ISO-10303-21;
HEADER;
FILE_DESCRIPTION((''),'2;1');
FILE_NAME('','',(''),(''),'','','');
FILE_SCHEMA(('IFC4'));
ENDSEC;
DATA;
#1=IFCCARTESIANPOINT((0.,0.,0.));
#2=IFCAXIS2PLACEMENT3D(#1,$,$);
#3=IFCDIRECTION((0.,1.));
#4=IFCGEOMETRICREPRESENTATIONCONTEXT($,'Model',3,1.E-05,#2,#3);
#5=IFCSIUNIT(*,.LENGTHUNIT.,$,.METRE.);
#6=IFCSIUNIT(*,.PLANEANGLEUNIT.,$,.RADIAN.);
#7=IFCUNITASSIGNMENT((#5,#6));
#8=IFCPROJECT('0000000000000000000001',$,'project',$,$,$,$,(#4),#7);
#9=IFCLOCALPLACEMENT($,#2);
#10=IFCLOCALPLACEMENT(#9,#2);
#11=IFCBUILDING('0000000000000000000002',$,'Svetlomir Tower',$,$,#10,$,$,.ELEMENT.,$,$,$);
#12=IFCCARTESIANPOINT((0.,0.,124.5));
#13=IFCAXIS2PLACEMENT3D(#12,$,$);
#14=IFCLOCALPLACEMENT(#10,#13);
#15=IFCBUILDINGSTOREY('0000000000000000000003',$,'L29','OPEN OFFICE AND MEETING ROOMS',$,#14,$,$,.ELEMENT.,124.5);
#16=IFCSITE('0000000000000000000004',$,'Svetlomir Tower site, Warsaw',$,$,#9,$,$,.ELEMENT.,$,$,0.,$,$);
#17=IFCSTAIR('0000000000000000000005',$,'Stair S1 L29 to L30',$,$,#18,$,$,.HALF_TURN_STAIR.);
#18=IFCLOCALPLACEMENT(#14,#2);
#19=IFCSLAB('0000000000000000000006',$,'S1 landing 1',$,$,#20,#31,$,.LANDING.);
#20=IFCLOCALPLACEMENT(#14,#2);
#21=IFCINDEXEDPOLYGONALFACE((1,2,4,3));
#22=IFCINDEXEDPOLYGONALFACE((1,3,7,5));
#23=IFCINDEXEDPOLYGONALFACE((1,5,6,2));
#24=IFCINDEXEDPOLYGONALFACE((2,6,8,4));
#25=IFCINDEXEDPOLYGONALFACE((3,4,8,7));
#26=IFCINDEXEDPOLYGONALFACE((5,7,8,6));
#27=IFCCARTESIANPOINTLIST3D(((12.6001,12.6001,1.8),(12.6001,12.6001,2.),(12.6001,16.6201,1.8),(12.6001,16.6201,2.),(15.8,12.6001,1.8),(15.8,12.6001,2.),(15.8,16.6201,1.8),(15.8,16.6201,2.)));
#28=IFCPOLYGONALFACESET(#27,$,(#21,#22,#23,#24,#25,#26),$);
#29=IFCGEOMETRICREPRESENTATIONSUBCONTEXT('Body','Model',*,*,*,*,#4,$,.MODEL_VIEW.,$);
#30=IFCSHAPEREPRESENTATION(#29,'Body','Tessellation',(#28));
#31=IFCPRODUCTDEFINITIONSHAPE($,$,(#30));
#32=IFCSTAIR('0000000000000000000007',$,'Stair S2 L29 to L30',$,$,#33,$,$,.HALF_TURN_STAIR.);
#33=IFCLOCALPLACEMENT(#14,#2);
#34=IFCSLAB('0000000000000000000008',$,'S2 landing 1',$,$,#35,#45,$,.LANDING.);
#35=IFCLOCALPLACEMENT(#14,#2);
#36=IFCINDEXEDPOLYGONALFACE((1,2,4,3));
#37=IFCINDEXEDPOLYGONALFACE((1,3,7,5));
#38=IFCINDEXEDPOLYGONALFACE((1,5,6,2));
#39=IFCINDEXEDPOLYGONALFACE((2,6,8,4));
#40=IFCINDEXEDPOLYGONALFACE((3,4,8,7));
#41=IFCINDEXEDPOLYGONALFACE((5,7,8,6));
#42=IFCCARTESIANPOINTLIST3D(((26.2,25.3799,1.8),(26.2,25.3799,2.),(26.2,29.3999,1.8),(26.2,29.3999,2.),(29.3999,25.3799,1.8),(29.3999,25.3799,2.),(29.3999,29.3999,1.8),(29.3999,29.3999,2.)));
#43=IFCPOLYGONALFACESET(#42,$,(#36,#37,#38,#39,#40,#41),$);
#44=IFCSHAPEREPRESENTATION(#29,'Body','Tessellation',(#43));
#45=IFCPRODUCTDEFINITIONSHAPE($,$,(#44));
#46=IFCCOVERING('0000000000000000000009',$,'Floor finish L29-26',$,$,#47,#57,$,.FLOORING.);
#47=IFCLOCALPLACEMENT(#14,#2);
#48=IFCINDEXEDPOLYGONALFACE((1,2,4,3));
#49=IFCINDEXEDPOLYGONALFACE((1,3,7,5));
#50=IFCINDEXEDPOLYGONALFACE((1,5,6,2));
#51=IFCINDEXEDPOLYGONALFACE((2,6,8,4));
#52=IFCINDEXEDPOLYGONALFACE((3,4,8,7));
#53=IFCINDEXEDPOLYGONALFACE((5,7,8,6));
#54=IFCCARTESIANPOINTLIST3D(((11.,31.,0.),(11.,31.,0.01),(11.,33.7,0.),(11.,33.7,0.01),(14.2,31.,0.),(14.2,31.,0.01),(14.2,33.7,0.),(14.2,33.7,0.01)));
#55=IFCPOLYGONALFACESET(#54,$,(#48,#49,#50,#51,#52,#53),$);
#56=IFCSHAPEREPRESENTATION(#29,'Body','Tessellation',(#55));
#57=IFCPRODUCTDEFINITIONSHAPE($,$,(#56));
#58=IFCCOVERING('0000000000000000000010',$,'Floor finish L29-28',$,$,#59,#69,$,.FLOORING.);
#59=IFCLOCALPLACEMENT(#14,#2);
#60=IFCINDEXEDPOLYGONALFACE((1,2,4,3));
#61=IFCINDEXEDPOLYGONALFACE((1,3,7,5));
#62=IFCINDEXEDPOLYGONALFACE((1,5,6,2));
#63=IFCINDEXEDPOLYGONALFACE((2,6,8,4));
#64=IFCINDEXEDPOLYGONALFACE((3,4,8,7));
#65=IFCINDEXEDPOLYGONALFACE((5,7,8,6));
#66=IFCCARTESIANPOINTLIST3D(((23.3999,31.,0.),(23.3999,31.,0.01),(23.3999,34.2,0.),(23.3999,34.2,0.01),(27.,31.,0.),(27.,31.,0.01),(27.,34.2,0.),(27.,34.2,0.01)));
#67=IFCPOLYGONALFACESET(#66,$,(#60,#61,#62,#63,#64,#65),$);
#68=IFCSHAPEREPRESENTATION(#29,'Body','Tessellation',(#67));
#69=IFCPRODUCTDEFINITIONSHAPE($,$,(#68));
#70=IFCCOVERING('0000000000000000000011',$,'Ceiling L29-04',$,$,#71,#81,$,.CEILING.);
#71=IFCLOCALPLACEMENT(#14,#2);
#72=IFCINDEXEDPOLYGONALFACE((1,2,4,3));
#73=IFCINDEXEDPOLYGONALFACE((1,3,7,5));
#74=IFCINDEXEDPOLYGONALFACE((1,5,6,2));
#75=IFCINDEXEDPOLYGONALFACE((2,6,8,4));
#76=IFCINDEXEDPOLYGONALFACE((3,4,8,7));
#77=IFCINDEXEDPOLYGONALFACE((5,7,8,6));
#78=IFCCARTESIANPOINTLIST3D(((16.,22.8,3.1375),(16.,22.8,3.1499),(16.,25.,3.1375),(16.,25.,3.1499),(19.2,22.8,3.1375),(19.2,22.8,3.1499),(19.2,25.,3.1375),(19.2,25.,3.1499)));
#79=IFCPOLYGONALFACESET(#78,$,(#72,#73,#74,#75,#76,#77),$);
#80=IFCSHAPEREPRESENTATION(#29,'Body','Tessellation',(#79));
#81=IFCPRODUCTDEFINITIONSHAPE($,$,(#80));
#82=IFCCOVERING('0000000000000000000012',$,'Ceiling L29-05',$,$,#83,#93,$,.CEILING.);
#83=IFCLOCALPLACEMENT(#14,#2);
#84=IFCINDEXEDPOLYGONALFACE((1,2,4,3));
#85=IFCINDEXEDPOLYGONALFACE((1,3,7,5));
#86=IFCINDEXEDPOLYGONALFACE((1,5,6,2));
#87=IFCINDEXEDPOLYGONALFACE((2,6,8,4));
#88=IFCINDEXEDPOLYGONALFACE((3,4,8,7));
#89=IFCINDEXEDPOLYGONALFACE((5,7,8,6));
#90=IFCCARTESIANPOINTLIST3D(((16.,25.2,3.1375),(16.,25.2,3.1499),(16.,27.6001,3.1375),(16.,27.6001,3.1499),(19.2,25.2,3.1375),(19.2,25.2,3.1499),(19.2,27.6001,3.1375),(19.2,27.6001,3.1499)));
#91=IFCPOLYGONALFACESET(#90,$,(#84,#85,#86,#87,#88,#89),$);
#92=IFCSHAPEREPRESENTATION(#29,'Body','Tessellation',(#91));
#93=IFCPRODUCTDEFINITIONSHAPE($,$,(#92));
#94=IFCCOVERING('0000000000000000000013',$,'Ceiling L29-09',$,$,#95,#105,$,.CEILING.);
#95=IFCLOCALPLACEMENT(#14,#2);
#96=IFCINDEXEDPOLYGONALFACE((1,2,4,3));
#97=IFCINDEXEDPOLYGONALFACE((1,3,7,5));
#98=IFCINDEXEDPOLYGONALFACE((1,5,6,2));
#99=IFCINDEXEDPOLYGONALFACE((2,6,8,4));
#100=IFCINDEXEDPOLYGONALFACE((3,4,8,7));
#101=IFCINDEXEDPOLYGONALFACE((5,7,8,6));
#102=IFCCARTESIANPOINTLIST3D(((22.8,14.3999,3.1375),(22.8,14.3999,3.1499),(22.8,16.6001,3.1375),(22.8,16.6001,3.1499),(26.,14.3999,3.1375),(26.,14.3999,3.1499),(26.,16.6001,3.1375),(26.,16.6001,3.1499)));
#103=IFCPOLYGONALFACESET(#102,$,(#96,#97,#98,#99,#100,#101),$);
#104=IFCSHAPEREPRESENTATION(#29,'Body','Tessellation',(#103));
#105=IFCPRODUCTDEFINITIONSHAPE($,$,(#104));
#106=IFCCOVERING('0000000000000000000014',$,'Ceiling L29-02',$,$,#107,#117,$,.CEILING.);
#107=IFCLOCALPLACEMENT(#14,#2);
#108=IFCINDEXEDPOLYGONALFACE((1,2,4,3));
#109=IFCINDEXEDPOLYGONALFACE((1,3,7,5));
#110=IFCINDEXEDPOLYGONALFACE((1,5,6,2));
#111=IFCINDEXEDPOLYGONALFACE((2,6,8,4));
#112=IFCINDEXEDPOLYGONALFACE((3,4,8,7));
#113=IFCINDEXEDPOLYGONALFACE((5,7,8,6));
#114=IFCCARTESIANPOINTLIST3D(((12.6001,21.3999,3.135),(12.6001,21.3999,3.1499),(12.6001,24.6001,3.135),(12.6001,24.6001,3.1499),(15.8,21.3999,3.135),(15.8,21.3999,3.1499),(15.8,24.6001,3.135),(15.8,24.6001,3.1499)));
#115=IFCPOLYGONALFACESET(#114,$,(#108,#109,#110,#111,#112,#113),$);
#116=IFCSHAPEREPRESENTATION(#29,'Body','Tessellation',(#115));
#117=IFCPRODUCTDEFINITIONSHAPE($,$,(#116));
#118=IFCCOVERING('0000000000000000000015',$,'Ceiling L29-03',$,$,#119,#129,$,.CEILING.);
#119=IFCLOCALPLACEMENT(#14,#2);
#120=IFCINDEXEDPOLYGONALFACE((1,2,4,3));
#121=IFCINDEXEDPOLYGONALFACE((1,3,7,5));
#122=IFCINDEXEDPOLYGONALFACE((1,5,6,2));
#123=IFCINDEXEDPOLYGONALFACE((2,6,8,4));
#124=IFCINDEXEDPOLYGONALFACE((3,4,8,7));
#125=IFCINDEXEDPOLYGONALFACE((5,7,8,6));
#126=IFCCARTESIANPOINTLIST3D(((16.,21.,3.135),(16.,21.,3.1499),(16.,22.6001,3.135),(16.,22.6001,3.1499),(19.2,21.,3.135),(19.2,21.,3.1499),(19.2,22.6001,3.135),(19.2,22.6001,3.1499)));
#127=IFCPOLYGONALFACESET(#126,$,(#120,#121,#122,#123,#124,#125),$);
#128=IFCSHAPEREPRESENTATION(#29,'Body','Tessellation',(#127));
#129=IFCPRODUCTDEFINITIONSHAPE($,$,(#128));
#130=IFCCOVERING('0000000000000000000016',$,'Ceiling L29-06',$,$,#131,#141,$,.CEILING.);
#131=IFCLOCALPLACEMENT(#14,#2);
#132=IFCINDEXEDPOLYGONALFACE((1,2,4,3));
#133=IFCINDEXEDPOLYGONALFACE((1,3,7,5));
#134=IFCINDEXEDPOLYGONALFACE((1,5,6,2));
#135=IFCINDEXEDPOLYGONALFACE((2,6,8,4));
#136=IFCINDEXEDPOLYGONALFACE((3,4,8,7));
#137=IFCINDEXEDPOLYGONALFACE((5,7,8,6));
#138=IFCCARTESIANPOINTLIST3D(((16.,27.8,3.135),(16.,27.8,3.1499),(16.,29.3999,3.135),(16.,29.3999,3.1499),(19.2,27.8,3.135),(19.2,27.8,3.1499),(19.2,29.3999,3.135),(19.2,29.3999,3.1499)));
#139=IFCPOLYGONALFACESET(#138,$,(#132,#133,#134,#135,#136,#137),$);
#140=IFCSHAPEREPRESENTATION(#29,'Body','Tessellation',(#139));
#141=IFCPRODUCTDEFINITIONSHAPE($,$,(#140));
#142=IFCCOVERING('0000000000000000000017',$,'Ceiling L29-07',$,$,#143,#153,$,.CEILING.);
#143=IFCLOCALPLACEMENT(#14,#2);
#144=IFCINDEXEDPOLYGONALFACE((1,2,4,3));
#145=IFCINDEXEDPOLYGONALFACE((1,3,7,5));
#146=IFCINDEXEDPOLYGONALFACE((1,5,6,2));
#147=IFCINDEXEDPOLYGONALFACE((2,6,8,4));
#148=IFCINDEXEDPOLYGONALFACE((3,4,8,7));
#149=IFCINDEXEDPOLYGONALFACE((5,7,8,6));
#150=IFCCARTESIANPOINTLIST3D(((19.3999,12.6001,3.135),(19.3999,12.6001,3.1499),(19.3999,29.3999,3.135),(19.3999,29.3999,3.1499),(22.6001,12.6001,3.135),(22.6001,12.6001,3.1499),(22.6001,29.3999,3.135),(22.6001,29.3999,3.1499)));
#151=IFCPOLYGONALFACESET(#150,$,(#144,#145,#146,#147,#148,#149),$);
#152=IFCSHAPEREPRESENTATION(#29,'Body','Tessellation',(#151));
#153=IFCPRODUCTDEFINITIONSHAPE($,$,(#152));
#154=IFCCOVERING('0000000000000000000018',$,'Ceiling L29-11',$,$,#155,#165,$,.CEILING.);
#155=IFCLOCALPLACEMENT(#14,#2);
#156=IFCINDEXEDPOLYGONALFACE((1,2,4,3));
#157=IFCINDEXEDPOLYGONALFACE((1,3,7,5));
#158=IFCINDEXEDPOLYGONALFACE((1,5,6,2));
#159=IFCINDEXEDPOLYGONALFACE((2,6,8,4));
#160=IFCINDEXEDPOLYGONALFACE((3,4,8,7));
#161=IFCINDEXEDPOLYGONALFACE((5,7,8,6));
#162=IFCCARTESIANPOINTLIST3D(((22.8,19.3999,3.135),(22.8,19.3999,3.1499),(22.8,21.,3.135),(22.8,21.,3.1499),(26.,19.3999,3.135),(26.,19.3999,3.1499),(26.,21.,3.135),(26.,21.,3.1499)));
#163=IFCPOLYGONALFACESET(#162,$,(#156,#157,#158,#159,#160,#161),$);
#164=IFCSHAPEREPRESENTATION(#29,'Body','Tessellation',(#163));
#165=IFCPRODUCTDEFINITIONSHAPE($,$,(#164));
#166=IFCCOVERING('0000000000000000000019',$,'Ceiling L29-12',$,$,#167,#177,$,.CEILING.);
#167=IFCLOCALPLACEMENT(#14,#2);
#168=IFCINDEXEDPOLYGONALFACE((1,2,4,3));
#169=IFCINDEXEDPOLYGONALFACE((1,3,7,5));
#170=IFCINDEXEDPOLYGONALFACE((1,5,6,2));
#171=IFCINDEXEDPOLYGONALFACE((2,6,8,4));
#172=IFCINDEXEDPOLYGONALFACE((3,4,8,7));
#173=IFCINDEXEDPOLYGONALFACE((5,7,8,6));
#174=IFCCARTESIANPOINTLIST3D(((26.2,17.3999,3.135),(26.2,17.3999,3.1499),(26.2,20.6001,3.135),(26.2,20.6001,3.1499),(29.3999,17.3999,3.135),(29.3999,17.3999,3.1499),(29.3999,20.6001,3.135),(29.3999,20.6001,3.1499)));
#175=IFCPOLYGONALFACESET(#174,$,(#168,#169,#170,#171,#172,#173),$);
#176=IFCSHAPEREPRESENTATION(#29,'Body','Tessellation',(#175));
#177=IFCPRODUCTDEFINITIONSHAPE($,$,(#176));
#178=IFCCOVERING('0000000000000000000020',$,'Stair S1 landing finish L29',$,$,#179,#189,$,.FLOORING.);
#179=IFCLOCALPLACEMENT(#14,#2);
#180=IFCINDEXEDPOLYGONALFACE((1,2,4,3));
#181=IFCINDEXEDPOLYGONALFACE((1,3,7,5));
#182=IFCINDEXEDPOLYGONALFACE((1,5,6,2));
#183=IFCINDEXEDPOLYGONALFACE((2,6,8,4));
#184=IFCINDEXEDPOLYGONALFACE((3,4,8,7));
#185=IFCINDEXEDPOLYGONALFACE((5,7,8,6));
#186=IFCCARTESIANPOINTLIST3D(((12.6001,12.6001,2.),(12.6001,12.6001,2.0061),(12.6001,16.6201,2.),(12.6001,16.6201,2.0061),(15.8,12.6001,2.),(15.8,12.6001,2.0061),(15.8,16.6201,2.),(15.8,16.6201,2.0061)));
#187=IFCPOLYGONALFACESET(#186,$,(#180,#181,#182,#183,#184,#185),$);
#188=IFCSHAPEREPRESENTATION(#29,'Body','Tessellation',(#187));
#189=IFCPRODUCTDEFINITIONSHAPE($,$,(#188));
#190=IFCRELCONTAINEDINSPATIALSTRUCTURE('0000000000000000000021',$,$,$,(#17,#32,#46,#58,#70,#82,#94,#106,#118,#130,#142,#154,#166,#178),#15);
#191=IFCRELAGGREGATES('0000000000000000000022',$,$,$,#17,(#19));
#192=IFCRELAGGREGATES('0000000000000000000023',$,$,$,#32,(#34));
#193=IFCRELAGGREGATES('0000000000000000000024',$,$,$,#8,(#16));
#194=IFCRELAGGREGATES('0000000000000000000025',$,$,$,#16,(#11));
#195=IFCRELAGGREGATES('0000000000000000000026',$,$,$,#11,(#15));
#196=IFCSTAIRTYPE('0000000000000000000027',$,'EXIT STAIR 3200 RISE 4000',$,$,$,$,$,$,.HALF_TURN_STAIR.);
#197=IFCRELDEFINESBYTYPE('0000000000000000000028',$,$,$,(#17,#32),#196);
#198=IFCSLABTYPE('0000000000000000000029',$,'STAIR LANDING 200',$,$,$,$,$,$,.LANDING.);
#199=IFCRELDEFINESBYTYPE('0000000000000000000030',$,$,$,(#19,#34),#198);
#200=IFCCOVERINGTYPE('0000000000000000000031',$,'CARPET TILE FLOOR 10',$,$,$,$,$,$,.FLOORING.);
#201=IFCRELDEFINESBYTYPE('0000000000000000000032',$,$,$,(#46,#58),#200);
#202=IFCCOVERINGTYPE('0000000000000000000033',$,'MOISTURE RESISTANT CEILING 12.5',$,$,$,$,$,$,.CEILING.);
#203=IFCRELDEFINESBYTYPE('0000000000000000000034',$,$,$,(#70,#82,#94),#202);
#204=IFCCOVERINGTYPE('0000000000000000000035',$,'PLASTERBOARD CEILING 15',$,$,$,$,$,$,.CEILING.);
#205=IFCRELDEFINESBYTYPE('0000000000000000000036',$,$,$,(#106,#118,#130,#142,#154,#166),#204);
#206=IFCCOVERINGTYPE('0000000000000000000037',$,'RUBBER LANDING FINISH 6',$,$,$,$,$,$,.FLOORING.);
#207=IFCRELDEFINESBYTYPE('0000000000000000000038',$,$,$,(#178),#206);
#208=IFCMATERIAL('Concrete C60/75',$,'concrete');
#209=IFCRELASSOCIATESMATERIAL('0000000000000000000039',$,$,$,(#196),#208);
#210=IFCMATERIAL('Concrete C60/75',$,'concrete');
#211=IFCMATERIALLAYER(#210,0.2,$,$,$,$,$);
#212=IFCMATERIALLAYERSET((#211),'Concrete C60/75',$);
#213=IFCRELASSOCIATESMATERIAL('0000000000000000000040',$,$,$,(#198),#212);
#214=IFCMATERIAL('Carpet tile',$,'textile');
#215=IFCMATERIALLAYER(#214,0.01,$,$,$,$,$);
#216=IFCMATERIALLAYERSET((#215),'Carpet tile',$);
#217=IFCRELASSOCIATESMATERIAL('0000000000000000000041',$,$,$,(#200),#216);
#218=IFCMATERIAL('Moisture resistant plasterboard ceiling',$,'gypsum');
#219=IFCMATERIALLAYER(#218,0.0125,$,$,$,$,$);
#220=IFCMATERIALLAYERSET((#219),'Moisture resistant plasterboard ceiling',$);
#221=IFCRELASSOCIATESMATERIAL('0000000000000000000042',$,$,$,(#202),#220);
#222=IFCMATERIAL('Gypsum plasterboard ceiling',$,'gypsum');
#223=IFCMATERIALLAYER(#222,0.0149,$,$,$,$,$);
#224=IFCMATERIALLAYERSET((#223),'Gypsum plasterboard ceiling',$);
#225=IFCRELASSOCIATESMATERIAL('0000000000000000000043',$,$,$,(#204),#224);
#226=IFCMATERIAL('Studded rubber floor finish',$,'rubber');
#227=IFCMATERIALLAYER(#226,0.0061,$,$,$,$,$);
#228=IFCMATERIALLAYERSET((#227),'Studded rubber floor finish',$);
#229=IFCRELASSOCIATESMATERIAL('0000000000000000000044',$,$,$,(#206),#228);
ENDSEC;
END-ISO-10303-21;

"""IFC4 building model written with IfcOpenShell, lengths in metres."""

from ifc_helpers import new_model, si_unit, direction, frame, origin, place, context, subcontext, project, spatial, polyline, outline, extrude, material, layer, layer_set, type_object, element, aggregate, save


model = new_model("IFC4")

# Units and contexts
model_context = context("Model", 3, precision=1e-05, world=origin(), true_north=direction((0.0, 1.0)))
body_context = subcontext(model_context, "Body", "Model", "MODEL_VIEW")
ifc_project = project(units=[si_unit("LENGTHUNIT", "METRE"), si_unit("PLANEANGLEUNIT", "RADIAN")], contexts=[model_context])

# Site, building, storey
site_placement = place(None, origin())
site = spatial("IfcSite", under=ifc_project, at=site_placement, Name="Svetlomir Tower site, Warsaw", CompositionType="ELEMENT", RefElevation=0.0)
building_placement = place(site_placement, origin())
building = spatial("IfcBuilding", under=site, at=building_placement, Name="Svetlomir Tower", CompositionType="ELEMENT")
storey_placement = place(building_placement, frame((0.0, 0.0, 124.5)))
storey = spatial("IfcBuildingStorey", under=building, at=storey_placement, Name="L29", Description="OPEN OFFICE AND MEETING ROOMS", CompositionType="ELEMENT", Elevation=124.5)

# Stairs, slabs
ifc_material_1 = material(Name="Concrete C60/75", Category="concrete")
stair_type = type_object("IfcStairType", Name="EXIT STAIR 3200 RISE 4000", PredefinedType="HALF_TURN_STAIR", material=ifc_material_1)
stair_1_placement = place(storey_placement, origin())
stair_1 = element("IfcStair", 1, at=stair_1_placement, inside=storey, type_object=stair_type, Name="Stair S1 L29 to L30", PredefinedType="HALF_TURN_STAIR")
ifc_material_2 = material(Name="Concrete C60/75", Category="concrete")
ifc_layer_1 = layer(ifc_material_2, 0.2)
ifc_layer_set_1 = layer_set([ifc_layer_1], Name="Concrete C60/75")
slab_type = type_object("IfcSlabType", Name="STAIR LANDING 200", PredefinedType="LANDING", material=ifc_layer_set_1)
slab_1_placement = place(storey_placement, frame((0.0, 0.0, 1.8)))
slab_1 = element("IfcSlab", 2, at=slab_1_placement, type_object=slab_type, Name="S1 landing 1", PredefinedType="LANDING", context=body_context, shape_type="SweptSolid", body=[
    extrude(outline(polyline([(12.6001, 12.6001), (15.8, 12.6001), (15.8, 16.6201), (12.6001, 16.6201), (12.6001, 12.6001)])), origin(), (0.0, 0.0, 1.0), 0.2),
])
aggregate(stair_1, [slab_1])
stair_2_placement = place(storey_placement, origin())
stair_2 = element("IfcStair", 3, at=stair_2_placement, inside=storey, type_object=stair_type, Name="Stair S2 L29 to L30", PredefinedType="HALF_TURN_STAIR")
slab_2_placement = place(storey_placement, frame((0.0, 0.0, 1.8)))
slab_2 = element("IfcSlab", 4, at=slab_2_placement, type_object=slab_type, Name="S2 landing 1", PredefinedType="LANDING", context=body_context, shape_type="SweptSolid", body=[
    extrude(outline(polyline([(26.2, 25.3799), (29.3999, 25.3799), (29.3999, 29.3999), (26.2, 29.3999), (26.2, 25.3799)])), origin(), (0.0, 0.0, 1.0), 0.2),
])
aggregate(stair_2, [slab_2])

# Coverings
ifc_material_3 = material(Name="Carpet tile", Category="textile")
ifc_layer_2 = layer(ifc_material_3, 0.01)
ifc_layer_set_2 = layer_set([ifc_layer_2], Name="Carpet tile")
covering_type_1 = type_object("IfcCoveringType", Name="CARPET TILE FLOOR 10", PredefinedType="FLOORING", material=ifc_layer_set_2)
covering_1_placement = place(storey_placement, origin())
element("IfcCovering", 5, at=covering_1_placement, inside=storey, type_object=covering_type_1, Name="Floor finish L29-26", PredefinedType="FLOORING", context=body_context, shape_type="SweptSolid", body=[
    extrude(outline(polyline([(11.0, 31.0), (14.2, 31.0), (14.2, 33.7), (11.0, 33.7), (11.0, 31.0)])), origin(), (0.0, 0.0, 1.0), 0.01),
])
covering_2_placement = place(storey_placement, origin())
element("IfcCovering", 6, at=covering_2_placement, inside=storey, type_object=covering_type_1, Name="Floor finish L29-28", PredefinedType="FLOORING", context=body_context, shape_type="SweptSolid", body=[
    extrude(outline(polyline([(23.3999, 31.0), (27.0, 31.0), (27.0, 34.2), (23.3999, 34.2), (23.3999, 31.0)])), origin(), (0.0, 0.0, 1.0), 0.01),
])
ifc_material_4 = material(Name="Moisture resistant plasterboard ceiling", Category="gypsum")
ifc_layer_3 = layer(ifc_material_4, 0.0125)
ifc_layer_set_3 = layer_set([ifc_layer_3], Name="Moisture resistant plasterboard ceiling")
covering_type_2 = type_object("IfcCoveringType", Name="MOISTURE RESISTANT CEILING 12.5", PredefinedType="CEILING", material=ifc_layer_set_3)
covering_3_placement = place(storey_placement, frame((0.0, 0.0, 3.1375)))
element("IfcCovering", 7, at=covering_3_placement, inside=storey, type_object=covering_type_2, Name="Ceiling L29-04", PredefinedType="CEILING", context=body_context, shape_type="SweptSolid", body=[
    extrude(outline(polyline([(16.0, 22.8), (19.2, 22.8), (19.2, 25.0), (16.0, 25.0), (16.0, 22.8)])), origin(), (0.0, 0.0, 1.0), 0.0125),
])
covering_4_placement = place(storey_placement, frame((0.0, 0.0, 3.1375)))
element("IfcCovering", 8, at=covering_4_placement, inside=storey, type_object=covering_type_2, Name="Ceiling L29-05", PredefinedType="CEILING", context=body_context, shape_type="SweptSolid", body=[
    extrude(outline(polyline([(16.0, 25.2), (19.2, 25.2), (19.2, 27.6001), (16.0, 27.6001), (16.0, 25.2)])), origin(), (0.0, 0.0, 1.0), 0.0125),
])
covering_5_placement = place(storey_placement, frame((0.0, 0.0, 3.1375)))
element("IfcCovering", 9, at=covering_5_placement, inside=storey, type_object=covering_type_2, Name="Ceiling L29-09", PredefinedType="CEILING", context=body_context, shape_type="SweptSolid", body=[
    extrude(outline(polyline([(22.8, 14.3999), (26.0, 14.3999), (26.0, 16.6001), (22.8, 16.6001), (22.8, 14.3999)])), origin(), (0.0, 0.0, 1.0), 0.0125),
])
ifc_material_5 = material(Name="Gypsum plasterboard ceiling", Category="gypsum")
ifc_layer_4 = layer(ifc_material_5, 0.0149)
ifc_layer_set_4 = layer_set([ifc_layer_4], Name="Gypsum plasterboard ceiling")
covering_type_3 = type_object("IfcCoveringType", Name="PLASTERBOARD CEILING 15", PredefinedType="CEILING", material=ifc_layer_set_4)
covering_6_placement = place(storey_placement, frame((0.0, 0.0, 3.135)))
element("IfcCovering", 10, at=covering_6_placement, inside=storey, type_object=covering_type_3, Name="Ceiling L29-02", PredefinedType="CEILING", context=body_context, shape_type="SweptSolid", body=[
    extrude(outline(polyline([(12.6001, 21.3999), (15.8, 21.3999), (15.8, 24.6001), (12.6001, 24.6001), (12.6001, 21.3999)])), origin(), (0.0, 0.0, 1.0), 0.0149),
])
covering_7_placement = place(storey_placement, frame((0.0, 0.0, 3.135)))
element("IfcCovering", 11, at=covering_7_placement, inside=storey, type_object=covering_type_3, Name="Ceiling L29-03", PredefinedType="CEILING", context=body_context, shape_type="SweptSolid", body=[
    extrude(outline(polyline([(16.0, 21.0), (19.2, 21.0), (19.2, 22.6001), (16.0, 22.6001), (16.0, 21.0)])), origin(), (0.0, 0.0, 1.0), 0.0149),
])
covering_8_placement = place(storey_placement, frame((0.0, 0.0, 3.135)))
element("IfcCovering", 12, at=covering_8_placement, inside=storey, type_object=covering_type_3, Name="Ceiling L29-06", PredefinedType="CEILING", context=body_context, shape_type="SweptSolid", body=[
    extrude(outline(polyline([(16.0, 27.8), (19.2, 27.8), (19.2, 29.3999), (16.0, 29.3999), (16.0, 27.8)])), origin(), (0.0, 0.0, 1.0), 0.0149),
])
covering_9_placement = place(storey_placement, frame((0.0, 0.0, 3.135)))
element("IfcCovering", 13, at=covering_9_placement, inside=storey, type_object=covering_type_3, Name="Ceiling L29-07", PredefinedType="CEILING", context=body_context, shape_type="SweptSolid", body=[
    extrude(outline(polyline([(19.3999, 12.6001), (22.6001, 12.6001), (22.6001, 29.3999), (19.3999, 29.3999), (19.3999, 12.6001)])), origin(), (0.0, 0.0, 1.0), 0.0149),
])
covering_10_placement = place(storey_placement, frame((0.0, 0.0, 3.135)))
element("IfcCovering", 14, at=covering_10_placement, inside=storey, type_object=covering_type_3, Name="Ceiling L29-11", PredefinedType="CEILING", context=body_context, shape_type="SweptSolid", body=[
    extrude(outline(polyline([(22.8, 19.3999), (26.0, 19.3999), (26.0, 21.0), (22.8, 21.0), (22.8, 19.3999)])), origin(), (0.0, 0.0, 1.0), 0.0149),
])
covering_11_placement = place(storey_placement, frame((0.0, 0.0, 3.135)))
element("IfcCovering", 15, at=covering_11_placement, inside=storey, type_object=covering_type_3, Name="Ceiling L29-12", PredefinedType="CEILING", context=body_context, shape_type="SweptSolid", body=[
    extrude(outline(polyline([(26.2, 17.3999), (29.3999, 17.3999), (29.3999, 20.6001), (26.2, 20.6001), (26.2, 17.3999)])), origin(), (0.0, 0.0, 1.0), 0.0149),
])
ifc_material_6 = material(Name="Studded rubber floor finish", Category="rubber")
ifc_layer_5 = layer(ifc_material_6, 0.0061)
ifc_layer_set_5 = layer_set([ifc_layer_5], Name="Studded rubber floor finish")
covering_type_4 = type_object("IfcCoveringType", Name="RUBBER LANDING FINISH 6", PredefinedType="FLOORING", material=ifc_layer_set_5)
covering_12_placement = place(storey_placement, frame((0.0, 0.0, 2.0)))
element("IfcCovering", 16, at=covering_12_placement, inside=storey, type_object=covering_type_4, Name="Stair S1 landing finish L29", PredefinedType="FLOORING", context=body_context, shape_type="SweptSolid", body=[
    extrude(outline(polyline([(12.6001, 12.6001), (15.8, 12.6001), (15.8, 16.6201), (12.6001, 16.6201), (12.6001, 12.6001)])), origin(), (0.0, 0.0, 1.0), 0.0061),
])

save(model, "model.ifc")
